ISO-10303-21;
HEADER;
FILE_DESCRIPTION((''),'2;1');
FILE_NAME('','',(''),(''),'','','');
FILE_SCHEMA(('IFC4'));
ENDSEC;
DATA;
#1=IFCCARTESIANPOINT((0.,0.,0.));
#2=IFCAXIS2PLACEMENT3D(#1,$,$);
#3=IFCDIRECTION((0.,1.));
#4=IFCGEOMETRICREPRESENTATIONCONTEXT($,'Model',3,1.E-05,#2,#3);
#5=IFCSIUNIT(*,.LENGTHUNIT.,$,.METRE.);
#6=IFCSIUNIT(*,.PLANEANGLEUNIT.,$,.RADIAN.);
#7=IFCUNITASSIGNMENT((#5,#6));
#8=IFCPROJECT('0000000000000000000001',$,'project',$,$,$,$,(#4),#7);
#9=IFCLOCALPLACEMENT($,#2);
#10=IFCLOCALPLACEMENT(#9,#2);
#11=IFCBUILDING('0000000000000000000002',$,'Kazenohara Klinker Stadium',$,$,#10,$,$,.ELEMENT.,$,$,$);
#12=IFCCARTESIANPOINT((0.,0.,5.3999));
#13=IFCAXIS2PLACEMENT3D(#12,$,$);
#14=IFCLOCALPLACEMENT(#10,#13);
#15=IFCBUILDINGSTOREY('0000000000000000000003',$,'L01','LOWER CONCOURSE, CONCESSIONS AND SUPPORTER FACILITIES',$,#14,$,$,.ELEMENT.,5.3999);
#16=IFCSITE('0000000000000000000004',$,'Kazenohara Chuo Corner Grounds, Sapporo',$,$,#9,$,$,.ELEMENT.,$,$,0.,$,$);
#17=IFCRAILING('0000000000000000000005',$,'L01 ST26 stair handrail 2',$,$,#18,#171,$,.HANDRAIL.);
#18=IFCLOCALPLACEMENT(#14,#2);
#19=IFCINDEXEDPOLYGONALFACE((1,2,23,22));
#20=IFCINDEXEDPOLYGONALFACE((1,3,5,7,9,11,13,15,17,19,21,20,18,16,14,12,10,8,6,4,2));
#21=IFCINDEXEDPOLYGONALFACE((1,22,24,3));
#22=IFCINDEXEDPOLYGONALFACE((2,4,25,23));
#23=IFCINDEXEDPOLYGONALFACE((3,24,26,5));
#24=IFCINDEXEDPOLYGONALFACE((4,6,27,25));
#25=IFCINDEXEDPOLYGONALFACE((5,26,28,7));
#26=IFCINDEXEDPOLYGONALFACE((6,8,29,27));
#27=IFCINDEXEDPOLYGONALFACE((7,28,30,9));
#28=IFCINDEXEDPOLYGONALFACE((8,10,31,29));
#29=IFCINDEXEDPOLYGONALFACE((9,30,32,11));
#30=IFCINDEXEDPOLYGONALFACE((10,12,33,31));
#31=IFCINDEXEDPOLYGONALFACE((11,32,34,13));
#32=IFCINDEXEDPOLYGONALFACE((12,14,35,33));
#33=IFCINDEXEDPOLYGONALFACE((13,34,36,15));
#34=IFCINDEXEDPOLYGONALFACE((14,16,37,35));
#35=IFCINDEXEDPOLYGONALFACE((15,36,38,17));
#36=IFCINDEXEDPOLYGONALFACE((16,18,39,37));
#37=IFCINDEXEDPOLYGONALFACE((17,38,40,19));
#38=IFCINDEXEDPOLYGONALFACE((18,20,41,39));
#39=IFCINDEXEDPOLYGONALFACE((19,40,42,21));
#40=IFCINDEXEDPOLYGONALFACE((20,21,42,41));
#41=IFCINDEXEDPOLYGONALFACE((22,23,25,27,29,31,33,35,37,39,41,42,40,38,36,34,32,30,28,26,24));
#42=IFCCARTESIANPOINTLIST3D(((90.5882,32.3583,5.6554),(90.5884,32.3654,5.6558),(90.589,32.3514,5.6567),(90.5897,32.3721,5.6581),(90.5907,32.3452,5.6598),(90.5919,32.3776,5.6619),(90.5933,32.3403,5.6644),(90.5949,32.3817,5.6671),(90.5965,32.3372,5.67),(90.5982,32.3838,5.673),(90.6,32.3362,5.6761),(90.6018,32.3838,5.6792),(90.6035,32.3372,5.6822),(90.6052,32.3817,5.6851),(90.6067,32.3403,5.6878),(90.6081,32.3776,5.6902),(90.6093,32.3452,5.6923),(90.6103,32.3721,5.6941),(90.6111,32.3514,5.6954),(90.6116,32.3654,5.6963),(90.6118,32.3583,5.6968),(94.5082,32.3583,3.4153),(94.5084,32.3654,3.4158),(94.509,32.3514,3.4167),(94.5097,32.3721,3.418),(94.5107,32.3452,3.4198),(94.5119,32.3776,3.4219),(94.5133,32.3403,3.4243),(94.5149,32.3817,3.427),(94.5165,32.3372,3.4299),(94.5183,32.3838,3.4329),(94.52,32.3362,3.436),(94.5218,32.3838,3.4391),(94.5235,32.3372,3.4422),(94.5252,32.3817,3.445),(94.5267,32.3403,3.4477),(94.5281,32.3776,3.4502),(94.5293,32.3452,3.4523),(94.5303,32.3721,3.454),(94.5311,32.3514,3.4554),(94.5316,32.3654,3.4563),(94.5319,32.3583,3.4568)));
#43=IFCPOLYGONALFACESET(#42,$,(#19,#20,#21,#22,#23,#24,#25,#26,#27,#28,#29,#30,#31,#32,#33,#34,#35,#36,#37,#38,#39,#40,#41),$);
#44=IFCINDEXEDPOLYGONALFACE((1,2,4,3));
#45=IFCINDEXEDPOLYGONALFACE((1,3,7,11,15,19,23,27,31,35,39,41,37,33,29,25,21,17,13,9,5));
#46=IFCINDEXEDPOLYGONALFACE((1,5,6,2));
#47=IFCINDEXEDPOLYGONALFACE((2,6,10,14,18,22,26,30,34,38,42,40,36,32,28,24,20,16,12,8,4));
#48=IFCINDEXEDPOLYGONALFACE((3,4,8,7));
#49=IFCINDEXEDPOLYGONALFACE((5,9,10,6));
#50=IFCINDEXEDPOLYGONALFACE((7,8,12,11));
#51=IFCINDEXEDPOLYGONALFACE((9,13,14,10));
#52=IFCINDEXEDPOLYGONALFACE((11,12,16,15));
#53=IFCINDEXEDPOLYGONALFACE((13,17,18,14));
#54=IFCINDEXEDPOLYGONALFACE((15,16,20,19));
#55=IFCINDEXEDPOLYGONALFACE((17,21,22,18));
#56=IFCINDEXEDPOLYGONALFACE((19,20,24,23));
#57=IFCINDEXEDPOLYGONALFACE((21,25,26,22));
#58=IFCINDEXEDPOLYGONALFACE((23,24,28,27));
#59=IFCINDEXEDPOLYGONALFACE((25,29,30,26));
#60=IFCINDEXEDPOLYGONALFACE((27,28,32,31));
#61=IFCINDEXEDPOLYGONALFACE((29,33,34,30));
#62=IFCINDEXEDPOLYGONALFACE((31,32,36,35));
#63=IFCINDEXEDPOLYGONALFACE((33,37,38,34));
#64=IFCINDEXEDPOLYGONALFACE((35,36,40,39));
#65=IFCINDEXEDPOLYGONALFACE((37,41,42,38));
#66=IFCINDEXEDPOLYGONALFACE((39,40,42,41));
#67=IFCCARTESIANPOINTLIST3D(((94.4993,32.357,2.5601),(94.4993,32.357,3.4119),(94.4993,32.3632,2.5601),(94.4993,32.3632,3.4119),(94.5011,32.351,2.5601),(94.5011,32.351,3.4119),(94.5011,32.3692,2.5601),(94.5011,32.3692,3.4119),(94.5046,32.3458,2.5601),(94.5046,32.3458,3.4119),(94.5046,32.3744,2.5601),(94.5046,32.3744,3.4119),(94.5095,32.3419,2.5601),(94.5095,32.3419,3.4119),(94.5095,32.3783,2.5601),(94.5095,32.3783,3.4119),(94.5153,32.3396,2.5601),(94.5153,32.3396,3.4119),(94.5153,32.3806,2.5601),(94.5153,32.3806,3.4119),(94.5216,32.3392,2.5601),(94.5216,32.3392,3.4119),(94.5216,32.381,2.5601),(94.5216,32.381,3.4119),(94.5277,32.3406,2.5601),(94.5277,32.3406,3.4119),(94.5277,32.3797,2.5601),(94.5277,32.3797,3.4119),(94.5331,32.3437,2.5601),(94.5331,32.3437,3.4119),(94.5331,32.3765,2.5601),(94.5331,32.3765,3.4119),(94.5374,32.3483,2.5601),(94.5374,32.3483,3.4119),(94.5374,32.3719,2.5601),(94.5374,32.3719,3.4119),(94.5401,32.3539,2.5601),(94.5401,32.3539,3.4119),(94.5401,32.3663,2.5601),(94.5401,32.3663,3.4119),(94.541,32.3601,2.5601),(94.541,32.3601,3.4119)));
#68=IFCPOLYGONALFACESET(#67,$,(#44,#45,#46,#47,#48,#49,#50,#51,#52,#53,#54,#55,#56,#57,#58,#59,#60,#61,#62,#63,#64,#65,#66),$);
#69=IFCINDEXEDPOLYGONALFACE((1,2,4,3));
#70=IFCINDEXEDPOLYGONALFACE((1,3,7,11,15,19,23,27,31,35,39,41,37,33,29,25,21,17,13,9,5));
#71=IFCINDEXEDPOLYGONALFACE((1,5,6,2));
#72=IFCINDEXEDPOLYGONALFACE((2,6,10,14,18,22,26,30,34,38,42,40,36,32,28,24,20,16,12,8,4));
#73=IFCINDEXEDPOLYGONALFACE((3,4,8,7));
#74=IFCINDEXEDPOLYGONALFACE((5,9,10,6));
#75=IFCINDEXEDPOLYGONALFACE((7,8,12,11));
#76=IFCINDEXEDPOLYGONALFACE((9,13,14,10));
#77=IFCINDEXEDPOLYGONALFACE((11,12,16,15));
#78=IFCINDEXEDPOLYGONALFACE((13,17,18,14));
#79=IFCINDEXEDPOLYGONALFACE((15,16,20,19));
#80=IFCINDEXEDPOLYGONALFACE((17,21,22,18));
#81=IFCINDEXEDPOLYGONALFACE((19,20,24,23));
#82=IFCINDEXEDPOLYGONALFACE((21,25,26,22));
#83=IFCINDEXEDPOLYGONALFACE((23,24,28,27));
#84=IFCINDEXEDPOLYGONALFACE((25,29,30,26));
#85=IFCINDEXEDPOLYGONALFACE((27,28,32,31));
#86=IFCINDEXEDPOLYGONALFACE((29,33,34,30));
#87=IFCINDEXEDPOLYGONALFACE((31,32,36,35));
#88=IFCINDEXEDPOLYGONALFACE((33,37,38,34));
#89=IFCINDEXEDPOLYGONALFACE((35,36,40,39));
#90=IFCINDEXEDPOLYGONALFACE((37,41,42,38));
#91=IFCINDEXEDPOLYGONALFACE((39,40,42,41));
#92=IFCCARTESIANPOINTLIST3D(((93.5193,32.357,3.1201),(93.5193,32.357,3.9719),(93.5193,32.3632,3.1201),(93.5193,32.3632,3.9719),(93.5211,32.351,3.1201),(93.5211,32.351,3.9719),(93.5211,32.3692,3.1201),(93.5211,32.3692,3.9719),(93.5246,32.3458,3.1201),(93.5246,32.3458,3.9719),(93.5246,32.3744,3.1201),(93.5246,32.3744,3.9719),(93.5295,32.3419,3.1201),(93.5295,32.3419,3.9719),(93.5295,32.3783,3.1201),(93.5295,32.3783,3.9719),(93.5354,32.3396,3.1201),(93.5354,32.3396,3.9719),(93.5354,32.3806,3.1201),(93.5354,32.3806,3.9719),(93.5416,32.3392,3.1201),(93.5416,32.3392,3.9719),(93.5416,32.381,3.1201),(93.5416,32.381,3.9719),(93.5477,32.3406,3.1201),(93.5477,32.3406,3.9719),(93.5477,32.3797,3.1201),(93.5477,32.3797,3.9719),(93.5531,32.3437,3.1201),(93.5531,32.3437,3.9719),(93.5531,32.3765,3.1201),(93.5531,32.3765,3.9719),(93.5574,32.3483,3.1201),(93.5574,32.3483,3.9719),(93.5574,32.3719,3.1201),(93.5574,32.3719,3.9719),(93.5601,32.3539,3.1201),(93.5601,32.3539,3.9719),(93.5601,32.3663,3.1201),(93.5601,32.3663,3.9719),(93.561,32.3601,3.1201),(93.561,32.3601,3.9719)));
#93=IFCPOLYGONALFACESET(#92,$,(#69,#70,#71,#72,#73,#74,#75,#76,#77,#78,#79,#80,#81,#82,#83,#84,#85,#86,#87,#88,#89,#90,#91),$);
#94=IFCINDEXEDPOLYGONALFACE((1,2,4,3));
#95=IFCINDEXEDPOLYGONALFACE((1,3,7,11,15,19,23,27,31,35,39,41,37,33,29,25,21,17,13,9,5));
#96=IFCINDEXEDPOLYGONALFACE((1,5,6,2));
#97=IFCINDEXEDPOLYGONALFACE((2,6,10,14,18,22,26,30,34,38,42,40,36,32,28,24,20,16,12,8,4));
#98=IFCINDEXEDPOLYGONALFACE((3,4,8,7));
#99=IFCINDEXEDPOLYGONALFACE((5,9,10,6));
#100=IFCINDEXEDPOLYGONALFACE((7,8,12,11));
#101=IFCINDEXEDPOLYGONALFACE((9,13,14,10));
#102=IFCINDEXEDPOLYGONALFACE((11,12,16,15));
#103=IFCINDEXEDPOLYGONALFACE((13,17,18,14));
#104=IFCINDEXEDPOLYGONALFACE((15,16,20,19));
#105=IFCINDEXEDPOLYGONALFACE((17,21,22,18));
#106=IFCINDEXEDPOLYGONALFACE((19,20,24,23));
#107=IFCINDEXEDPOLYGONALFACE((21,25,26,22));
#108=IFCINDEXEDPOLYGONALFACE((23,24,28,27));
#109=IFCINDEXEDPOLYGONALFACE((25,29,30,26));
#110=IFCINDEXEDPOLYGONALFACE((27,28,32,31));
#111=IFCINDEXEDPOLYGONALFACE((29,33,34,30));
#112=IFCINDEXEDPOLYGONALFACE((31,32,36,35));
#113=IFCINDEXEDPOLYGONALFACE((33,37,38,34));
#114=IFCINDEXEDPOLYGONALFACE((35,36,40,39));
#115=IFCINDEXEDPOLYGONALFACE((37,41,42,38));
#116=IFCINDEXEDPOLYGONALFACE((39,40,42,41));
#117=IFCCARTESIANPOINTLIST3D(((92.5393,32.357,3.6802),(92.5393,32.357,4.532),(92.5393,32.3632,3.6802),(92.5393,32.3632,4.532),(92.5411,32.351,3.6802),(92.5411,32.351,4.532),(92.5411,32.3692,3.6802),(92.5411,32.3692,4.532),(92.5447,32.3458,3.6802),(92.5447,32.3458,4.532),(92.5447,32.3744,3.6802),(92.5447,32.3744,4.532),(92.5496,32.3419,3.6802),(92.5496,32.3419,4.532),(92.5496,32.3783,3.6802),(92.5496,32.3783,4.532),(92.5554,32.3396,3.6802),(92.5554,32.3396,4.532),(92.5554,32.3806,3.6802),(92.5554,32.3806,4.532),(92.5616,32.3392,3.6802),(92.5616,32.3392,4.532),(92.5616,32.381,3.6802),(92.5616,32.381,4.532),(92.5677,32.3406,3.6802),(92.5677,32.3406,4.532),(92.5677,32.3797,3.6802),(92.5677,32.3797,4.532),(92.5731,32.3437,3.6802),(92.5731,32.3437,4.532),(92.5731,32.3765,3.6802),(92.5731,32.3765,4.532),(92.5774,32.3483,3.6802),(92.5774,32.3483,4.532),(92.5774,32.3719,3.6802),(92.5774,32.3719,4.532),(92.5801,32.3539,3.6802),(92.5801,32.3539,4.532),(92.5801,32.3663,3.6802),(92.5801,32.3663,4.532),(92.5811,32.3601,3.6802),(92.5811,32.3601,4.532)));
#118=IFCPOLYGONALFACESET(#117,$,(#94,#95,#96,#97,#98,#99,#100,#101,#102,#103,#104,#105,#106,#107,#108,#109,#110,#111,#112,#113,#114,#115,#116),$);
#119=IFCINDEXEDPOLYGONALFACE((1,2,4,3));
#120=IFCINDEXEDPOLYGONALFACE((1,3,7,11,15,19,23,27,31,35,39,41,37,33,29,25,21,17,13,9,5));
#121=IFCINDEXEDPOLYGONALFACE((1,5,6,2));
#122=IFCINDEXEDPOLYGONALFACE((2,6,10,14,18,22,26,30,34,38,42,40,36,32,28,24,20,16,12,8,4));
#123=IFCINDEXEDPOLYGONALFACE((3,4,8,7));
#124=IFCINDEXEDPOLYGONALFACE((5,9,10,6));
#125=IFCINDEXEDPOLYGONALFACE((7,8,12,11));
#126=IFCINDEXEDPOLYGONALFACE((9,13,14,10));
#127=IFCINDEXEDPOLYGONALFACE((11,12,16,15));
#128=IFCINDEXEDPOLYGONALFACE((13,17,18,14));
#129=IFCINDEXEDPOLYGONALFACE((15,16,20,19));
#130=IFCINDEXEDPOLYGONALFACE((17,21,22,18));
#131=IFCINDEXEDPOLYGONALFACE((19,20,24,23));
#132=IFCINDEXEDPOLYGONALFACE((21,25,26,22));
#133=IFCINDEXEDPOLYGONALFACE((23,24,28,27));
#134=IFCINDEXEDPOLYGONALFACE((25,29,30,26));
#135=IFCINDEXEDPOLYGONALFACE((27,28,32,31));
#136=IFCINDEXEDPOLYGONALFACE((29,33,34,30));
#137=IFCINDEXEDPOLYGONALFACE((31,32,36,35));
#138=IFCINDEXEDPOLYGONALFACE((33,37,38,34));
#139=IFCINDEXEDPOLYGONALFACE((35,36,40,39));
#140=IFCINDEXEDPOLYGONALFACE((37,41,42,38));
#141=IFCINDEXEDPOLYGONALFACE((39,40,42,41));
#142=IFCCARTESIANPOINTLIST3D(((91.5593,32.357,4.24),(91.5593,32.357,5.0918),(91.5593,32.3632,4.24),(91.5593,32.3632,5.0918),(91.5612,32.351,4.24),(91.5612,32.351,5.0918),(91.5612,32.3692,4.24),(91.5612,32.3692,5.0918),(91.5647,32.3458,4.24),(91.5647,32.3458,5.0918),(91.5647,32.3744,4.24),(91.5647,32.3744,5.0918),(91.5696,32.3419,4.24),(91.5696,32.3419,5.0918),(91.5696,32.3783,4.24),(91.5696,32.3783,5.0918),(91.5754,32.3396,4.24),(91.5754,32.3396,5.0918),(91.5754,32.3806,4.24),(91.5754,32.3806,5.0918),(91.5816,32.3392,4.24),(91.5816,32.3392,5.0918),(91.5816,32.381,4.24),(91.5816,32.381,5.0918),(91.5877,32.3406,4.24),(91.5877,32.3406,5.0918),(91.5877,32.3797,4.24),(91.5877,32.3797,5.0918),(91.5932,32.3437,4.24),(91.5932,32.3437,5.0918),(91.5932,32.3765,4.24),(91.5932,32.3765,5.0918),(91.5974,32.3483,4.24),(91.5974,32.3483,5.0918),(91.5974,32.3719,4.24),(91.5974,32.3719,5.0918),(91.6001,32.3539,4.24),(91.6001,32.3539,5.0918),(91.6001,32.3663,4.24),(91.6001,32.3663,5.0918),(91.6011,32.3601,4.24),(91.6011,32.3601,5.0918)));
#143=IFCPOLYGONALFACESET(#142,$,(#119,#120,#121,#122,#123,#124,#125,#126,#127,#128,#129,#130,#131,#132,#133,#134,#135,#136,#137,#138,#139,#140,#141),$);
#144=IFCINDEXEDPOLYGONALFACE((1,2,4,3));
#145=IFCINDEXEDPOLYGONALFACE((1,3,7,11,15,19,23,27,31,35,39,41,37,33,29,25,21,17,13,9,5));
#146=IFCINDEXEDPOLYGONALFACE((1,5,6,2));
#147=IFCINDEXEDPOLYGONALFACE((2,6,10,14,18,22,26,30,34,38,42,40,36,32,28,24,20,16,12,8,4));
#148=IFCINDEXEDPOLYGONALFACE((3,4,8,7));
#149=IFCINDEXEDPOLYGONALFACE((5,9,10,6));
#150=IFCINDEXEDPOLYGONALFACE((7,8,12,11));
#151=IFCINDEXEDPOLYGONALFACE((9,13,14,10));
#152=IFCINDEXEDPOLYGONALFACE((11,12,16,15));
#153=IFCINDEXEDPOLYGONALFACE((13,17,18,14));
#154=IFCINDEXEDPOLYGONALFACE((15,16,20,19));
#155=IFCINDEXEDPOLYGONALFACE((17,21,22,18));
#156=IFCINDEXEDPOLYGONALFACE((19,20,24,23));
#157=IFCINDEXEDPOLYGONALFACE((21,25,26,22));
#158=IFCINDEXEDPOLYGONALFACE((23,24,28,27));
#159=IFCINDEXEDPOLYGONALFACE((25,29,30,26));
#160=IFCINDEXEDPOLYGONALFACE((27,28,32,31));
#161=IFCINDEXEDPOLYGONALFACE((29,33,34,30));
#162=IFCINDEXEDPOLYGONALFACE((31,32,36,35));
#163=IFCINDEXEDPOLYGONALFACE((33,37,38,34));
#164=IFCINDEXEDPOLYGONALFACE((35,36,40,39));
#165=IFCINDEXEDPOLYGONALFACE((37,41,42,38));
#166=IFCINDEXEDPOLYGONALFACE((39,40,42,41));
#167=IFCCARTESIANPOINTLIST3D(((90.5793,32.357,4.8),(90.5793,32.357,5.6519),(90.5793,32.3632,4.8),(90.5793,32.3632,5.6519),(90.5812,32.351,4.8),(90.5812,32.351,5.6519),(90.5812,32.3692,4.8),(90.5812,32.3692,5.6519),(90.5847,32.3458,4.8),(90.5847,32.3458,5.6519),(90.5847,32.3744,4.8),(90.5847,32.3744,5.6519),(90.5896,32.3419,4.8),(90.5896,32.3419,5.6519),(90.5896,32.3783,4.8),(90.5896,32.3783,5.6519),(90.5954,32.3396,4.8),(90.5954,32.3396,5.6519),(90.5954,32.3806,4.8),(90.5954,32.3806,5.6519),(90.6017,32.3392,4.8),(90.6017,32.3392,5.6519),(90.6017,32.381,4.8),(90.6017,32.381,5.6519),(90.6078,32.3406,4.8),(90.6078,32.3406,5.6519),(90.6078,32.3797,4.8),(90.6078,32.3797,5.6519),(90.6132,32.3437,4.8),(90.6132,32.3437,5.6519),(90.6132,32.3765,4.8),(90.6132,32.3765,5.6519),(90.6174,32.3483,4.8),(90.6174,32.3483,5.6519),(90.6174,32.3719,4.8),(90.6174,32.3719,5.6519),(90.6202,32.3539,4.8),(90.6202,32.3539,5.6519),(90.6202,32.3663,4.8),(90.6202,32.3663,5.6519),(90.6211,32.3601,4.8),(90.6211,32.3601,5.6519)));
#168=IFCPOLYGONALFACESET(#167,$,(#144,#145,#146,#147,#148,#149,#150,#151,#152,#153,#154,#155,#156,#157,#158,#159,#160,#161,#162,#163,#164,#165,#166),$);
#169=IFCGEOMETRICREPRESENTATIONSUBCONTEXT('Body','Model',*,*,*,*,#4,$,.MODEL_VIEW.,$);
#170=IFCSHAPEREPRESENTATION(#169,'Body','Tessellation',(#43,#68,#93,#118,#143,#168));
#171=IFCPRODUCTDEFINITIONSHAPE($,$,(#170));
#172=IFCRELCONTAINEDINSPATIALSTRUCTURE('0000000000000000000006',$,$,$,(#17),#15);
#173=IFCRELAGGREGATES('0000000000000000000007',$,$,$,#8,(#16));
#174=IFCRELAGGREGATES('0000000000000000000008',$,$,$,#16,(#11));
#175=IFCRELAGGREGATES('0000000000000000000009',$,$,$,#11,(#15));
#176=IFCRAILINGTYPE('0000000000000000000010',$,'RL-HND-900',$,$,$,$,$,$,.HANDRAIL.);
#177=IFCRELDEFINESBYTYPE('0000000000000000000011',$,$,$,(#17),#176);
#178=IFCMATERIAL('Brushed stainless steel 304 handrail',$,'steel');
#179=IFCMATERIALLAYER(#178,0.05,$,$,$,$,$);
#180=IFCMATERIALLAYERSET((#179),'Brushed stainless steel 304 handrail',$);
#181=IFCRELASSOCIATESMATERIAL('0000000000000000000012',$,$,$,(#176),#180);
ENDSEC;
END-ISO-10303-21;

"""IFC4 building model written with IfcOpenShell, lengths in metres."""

from ifc_helpers import new_model, si_unit, direction, frame, origin, origin_2d, place, context, subcontext, project, spatial, circle, extrude, material, layer, layer_set, type_object, element, save


model = new_model("IFC4")

# Units and contexts
model_context = context("Model", 3, precision=1e-05, world=origin(), true_north=direction((0.0, 1.0)))
body_context = subcontext(model_context, "Body", "Model", "MODEL_VIEW")
ifc_project = project(units=[si_unit("LENGTHUNIT", "METRE"), si_unit("PLANEANGLEUNIT", "RADIAN")], contexts=[model_context])

# Site, building, storey
site_placement = place(None, origin())
site = spatial("IfcSite", under=ifc_project, at=site_placement, Name="Kazenohara Chuo Corner Grounds, Sapporo", CompositionType="ELEMENT", RefElevation=0.0)
building_placement = place(site_placement, origin())
building = spatial("IfcBuilding", under=site, at=building_placement, Name="Kazenohara Klinker Stadium", CompositionType="ELEMENT")
storey_placement = place(building_placement, frame((0.0, 0.0, 5.3999)))
storey = spatial("IfcBuildingStorey", under=building, at=storey_placement, Name="L01", Description="LOWER CONCOURSE, CONCESSIONS AND SUPPORTER FACILITIES", CompositionType="ELEMENT", Elevation=5.3999)

# Railing
ifc_material_1 = material(Name="Brushed stainless steel 304 handrail", Category="steel")
ifc_layer_1 = layer(ifc_material_1, 0.05)
ifc_layer_set_1 = layer_set([ifc_layer_1], Name="Brushed stainless steel 304 handrail")
railing_type_1 = type_object("IfcRailingType", Name="RL-HND-900", PredefinedType="HANDRAIL", material=ifc_layer_set_1)
railing_1_placement = place(storey_placement, frame((94.52, 32.3601, 2.5601)))
element("IfcRailing", 1, at=railing_1_placement, inside=storey, type_object=railing_type_1, Name="L01 ST26 stair handrail 2", PredefinedType="HANDRAIL", context=body_context, shape_type="SweptSolid", body=[
    extrude(circle(Radius=0.0239, at=origin_2d()), frame((0.0, 0.0, 0.876), z_axis=(-0.86824, 0.0, 0.496145), x_axis=(0.0, -1.0, 0.0)), (0.0, 0.0, 1.0), 4.5149),
    extrude(circle(Radius=0.021, at=origin_2d()), origin(), (0.0, 0.0, 1.0), 0.8518),
    extrude(circle(Radius=0.021, at=origin_2d()), frame((-0.98, 0.0, 0.5601)), (0.0, 0.0, 1.0), 0.8518),
    extrude(circle(Radius=0.021, at=origin_2d()), frame((-1.96, 0.0, 1.1201)), (0.0, 0.0, 1.0), 0.8518),
    extrude(circle(Radius=0.021, at=origin_2d()), frame((-2.9399, 0.0, 1.6799)), (0.0, 0.0, 1.0), 0.8518),
    extrude(circle(Radius=0.021, at=origin_2d()), frame((-3.9199, 0.0, 2.24)), (0.0, 0.0, 1.0), 0.8518),
])

save(model, "model.ifc")
